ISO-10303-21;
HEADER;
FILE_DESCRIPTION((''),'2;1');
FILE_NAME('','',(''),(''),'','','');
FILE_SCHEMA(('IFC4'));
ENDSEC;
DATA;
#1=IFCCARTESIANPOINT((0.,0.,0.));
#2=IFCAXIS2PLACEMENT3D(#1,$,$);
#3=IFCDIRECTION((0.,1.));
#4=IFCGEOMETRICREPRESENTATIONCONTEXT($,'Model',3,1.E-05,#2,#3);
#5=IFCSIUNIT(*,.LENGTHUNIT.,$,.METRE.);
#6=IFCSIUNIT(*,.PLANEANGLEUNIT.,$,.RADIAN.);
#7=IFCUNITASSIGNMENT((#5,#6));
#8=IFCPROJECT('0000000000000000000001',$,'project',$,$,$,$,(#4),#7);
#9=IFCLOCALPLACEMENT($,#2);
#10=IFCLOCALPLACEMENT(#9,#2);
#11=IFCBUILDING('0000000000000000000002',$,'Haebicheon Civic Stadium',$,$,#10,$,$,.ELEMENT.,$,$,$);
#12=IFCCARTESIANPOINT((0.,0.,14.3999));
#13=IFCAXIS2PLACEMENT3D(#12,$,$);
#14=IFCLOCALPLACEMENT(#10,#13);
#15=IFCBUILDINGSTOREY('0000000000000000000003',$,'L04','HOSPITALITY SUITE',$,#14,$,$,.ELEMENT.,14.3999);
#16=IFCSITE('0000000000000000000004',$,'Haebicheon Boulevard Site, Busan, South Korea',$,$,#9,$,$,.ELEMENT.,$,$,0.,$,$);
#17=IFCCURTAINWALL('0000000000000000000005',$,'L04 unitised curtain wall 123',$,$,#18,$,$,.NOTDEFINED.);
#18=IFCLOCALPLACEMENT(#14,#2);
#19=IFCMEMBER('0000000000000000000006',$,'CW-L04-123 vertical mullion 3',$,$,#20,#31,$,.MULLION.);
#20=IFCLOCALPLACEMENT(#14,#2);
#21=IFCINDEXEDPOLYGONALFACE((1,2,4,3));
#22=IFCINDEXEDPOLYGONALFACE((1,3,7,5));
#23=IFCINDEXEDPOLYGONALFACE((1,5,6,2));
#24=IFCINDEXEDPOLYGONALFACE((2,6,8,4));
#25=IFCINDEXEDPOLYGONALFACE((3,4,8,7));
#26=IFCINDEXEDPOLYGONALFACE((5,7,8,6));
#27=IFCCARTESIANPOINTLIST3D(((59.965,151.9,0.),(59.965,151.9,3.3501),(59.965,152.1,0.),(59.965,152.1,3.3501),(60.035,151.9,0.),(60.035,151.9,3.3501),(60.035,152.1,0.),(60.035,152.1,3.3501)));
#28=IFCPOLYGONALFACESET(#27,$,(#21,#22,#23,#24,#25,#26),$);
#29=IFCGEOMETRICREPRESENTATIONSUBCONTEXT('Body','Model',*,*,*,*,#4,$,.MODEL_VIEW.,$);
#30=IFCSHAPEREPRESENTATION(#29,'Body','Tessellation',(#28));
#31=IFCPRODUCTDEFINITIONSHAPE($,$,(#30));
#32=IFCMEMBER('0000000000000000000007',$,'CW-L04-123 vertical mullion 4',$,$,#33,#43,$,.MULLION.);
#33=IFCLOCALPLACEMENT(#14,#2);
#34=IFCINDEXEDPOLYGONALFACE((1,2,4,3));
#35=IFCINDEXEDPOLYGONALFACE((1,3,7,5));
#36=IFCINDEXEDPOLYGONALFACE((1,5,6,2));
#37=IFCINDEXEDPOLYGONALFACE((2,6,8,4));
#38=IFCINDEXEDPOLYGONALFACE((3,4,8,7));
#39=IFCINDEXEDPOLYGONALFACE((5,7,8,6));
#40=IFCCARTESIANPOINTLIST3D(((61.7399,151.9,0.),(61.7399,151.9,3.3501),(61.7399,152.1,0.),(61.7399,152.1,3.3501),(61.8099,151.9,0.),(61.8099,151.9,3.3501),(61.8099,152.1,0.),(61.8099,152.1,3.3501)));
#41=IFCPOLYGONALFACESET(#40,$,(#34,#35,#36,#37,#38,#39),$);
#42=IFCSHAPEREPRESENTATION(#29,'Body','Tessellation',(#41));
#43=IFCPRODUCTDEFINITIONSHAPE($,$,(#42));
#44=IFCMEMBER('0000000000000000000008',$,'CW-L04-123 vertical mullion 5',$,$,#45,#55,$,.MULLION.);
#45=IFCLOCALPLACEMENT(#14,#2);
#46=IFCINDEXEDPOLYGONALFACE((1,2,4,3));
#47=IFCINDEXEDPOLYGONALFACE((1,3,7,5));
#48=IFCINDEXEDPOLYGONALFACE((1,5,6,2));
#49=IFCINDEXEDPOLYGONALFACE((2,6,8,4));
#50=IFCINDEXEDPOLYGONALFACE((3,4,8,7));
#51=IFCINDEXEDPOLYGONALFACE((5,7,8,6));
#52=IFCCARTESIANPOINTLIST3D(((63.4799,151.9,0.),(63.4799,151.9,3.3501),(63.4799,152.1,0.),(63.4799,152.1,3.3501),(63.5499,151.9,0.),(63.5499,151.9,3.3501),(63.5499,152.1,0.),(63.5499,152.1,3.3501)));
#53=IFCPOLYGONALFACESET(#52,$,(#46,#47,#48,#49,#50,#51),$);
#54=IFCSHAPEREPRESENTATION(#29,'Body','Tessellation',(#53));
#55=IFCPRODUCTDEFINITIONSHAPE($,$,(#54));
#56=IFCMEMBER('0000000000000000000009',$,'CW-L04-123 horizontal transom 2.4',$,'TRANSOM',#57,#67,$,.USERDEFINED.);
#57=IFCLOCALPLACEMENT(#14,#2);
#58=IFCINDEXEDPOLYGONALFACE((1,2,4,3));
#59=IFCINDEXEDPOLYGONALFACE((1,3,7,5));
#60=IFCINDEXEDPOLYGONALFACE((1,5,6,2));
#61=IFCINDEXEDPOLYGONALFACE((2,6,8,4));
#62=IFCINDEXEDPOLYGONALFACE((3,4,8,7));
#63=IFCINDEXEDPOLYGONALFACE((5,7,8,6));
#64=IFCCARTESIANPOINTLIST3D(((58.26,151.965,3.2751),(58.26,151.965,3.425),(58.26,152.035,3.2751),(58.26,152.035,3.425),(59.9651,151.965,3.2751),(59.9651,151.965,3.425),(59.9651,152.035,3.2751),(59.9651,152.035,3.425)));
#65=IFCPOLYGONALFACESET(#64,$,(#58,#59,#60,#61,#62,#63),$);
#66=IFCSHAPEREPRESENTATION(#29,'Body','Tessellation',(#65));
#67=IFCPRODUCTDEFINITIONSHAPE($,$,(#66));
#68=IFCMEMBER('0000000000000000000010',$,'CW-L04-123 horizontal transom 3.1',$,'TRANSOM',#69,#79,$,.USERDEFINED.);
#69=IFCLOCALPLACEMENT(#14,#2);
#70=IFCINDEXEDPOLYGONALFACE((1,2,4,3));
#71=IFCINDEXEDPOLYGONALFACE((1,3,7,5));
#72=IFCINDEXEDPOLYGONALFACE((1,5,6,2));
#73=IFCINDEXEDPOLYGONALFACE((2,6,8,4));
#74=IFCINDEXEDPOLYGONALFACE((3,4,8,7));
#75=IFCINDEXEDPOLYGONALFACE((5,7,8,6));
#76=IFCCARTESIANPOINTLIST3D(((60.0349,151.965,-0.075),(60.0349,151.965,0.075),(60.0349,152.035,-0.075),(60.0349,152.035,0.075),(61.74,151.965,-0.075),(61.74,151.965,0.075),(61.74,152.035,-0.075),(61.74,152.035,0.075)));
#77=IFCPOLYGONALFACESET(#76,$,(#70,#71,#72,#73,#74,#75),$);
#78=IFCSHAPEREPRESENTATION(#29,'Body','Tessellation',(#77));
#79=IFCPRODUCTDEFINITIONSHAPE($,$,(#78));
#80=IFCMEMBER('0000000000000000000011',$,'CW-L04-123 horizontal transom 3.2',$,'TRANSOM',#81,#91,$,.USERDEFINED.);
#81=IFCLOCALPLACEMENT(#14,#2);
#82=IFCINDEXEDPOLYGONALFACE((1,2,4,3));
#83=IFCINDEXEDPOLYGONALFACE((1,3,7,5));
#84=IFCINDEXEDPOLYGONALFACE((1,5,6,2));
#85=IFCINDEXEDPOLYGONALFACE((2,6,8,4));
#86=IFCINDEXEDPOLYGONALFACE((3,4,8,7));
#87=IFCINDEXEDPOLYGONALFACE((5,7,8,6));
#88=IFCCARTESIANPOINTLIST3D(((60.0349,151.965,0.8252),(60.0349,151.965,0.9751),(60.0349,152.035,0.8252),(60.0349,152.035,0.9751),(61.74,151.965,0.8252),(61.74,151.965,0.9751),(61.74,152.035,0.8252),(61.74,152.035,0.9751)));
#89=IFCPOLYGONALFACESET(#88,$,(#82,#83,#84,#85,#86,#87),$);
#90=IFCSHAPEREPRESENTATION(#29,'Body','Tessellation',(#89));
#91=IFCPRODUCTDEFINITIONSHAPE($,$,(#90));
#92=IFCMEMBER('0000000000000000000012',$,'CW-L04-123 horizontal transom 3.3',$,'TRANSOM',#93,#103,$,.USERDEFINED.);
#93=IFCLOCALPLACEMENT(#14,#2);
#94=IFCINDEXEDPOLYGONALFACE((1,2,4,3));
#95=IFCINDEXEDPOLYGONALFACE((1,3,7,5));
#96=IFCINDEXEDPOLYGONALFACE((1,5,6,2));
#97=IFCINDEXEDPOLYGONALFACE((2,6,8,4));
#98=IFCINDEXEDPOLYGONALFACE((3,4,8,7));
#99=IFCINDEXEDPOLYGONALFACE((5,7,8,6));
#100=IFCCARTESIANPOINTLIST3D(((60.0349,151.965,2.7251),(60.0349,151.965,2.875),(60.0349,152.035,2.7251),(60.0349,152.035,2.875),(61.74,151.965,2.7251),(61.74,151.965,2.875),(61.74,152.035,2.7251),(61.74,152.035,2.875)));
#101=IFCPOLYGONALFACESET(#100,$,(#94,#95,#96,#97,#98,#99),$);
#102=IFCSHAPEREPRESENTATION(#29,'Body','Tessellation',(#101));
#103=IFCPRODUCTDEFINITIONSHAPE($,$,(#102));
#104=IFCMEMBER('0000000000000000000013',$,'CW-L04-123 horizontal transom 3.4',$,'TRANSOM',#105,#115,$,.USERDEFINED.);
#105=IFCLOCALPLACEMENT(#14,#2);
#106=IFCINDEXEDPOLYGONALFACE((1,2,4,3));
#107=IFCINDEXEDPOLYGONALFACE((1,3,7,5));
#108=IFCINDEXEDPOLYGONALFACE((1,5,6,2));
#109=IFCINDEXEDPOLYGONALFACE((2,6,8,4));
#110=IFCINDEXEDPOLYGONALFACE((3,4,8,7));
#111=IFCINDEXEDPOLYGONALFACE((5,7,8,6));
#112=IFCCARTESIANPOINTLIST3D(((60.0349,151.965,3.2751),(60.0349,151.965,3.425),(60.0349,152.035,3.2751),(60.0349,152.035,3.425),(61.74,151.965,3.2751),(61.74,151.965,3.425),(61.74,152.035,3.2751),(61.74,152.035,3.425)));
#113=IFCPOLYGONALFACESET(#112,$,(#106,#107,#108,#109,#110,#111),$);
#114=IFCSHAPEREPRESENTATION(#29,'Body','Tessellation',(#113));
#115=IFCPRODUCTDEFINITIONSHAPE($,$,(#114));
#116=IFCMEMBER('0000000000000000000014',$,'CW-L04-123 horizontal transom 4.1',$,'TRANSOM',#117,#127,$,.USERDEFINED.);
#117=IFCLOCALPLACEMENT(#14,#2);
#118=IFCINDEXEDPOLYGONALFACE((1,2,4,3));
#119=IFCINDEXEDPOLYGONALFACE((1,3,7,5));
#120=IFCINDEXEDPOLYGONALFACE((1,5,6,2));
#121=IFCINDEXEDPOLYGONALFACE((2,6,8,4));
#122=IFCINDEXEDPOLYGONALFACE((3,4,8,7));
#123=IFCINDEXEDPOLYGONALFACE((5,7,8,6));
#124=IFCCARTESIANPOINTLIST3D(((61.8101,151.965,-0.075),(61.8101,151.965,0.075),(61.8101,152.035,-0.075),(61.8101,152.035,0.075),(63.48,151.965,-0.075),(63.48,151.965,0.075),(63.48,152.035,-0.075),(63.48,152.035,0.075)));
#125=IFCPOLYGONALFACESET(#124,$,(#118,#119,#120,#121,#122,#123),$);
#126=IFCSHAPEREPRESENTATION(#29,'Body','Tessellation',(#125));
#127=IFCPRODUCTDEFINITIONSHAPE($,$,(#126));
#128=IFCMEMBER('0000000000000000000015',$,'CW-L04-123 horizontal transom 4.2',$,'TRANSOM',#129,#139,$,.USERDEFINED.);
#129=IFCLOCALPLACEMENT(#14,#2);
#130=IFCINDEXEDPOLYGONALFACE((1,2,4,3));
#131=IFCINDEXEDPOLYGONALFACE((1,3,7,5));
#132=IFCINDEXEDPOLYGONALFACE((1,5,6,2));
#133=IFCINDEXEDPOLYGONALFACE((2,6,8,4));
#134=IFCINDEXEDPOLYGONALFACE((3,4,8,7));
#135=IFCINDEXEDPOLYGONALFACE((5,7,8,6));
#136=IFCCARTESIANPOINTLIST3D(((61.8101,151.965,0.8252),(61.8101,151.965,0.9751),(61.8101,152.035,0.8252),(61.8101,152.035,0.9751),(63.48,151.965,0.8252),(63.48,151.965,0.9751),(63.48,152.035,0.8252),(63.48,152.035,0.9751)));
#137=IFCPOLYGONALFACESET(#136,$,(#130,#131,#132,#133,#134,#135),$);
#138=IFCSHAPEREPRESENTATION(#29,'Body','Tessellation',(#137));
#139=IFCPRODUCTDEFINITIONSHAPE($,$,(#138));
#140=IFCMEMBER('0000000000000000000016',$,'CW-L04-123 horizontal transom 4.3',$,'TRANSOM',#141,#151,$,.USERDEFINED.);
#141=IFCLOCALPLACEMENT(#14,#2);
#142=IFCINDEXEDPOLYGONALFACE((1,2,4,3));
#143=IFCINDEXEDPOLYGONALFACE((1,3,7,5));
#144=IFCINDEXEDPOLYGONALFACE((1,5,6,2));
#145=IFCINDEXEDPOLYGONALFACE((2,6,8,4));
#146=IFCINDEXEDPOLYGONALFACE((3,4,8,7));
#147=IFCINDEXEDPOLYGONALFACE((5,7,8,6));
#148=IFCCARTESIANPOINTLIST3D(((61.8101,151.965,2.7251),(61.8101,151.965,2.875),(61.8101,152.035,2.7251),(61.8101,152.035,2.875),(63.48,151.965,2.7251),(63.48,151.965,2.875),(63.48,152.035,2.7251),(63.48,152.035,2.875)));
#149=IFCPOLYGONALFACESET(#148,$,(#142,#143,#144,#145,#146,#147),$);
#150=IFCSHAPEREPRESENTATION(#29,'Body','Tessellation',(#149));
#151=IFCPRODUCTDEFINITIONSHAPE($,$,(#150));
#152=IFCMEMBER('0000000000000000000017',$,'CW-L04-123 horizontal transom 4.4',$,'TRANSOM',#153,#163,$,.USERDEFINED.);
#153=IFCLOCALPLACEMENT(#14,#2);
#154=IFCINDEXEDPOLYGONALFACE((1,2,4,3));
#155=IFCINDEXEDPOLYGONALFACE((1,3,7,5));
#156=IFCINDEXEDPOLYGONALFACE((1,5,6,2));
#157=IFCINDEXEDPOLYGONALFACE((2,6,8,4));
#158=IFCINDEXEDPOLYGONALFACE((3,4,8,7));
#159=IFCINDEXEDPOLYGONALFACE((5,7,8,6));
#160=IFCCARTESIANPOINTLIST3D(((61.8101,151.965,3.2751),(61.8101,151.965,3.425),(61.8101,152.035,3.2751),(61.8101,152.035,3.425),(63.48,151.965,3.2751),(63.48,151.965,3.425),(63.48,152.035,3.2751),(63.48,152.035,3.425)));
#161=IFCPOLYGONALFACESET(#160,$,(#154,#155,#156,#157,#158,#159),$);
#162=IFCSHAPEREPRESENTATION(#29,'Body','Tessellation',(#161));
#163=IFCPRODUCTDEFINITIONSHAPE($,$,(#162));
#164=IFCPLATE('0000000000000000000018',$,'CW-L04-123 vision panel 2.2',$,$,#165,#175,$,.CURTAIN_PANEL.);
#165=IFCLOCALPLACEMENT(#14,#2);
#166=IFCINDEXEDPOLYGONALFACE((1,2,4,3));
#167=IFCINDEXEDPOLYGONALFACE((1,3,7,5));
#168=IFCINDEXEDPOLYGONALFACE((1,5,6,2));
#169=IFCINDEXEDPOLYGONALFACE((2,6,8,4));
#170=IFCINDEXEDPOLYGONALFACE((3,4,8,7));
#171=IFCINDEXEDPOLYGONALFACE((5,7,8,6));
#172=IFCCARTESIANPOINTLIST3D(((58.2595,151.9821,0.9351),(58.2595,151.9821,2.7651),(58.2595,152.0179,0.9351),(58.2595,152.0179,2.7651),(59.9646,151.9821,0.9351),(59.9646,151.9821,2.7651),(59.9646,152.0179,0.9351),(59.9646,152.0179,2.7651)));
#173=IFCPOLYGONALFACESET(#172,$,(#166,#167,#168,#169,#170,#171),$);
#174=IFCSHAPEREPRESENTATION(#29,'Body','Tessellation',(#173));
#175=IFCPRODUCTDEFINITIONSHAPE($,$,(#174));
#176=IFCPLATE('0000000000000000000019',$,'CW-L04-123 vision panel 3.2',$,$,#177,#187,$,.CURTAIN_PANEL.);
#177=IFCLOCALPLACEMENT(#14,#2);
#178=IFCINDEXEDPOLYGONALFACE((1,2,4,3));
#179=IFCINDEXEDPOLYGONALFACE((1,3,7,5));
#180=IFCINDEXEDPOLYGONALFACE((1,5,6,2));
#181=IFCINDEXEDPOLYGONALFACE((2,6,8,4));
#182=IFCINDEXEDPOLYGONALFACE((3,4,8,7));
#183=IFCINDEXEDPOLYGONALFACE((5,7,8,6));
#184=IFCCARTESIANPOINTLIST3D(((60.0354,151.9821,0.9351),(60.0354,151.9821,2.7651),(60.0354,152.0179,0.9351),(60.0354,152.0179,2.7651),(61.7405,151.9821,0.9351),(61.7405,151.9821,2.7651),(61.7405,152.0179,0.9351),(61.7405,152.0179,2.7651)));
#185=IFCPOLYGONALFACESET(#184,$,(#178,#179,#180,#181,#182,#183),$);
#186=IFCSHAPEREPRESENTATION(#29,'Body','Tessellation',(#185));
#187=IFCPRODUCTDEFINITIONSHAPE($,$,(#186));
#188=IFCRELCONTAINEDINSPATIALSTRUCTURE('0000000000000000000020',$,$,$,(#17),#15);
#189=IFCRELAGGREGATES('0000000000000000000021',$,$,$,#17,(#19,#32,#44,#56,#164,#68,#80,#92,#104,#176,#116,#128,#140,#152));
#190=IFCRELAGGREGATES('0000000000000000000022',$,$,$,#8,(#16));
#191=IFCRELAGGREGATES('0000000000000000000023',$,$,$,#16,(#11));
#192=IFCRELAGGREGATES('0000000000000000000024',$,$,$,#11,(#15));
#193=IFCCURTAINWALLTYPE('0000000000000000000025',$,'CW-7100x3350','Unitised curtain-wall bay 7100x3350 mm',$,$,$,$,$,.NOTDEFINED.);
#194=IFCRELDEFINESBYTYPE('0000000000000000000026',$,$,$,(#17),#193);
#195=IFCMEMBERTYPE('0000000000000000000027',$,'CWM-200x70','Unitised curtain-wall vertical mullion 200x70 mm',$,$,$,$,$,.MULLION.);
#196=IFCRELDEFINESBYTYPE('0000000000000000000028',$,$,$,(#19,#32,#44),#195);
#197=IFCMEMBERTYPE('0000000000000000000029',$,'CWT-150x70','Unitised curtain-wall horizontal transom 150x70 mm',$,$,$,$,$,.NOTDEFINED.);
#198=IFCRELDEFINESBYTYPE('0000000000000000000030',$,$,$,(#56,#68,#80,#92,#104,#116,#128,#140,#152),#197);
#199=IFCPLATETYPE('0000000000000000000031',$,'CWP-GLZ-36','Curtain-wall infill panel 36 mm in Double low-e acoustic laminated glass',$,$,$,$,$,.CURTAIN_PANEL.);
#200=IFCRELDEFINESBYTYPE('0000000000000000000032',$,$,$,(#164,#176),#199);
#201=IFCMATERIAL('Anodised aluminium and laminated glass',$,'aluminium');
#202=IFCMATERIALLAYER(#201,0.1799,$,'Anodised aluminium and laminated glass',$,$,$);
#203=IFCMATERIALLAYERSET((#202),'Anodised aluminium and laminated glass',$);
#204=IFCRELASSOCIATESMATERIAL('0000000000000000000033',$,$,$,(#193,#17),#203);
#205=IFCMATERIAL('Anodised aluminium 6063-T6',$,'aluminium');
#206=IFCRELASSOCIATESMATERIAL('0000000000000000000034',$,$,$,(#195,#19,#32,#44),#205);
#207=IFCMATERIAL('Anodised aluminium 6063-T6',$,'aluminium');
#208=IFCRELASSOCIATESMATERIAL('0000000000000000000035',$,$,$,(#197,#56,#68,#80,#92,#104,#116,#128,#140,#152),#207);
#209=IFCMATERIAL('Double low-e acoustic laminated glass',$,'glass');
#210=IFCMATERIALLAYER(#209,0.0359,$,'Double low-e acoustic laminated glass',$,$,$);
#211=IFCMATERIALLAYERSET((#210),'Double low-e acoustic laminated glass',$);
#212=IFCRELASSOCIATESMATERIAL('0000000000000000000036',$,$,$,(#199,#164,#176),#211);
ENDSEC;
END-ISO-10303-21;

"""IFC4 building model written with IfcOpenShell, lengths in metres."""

from ifc_helpers import new_model, si_unit, direction, frame, origin, origin_2d, place, context, subcontext, project, spatial, rectangle, extrude, material, layer, layer_set, material_profile, profile_set, type_object, element, aggregate, save


model = new_model("IFC4")

# Units and contexts
model_context = context("Model", 3, precision=1e-05, world=origin(), true_north=direction((0.0, 1.0)))
body_context = subcontext(model_context, "Body", "Model", "MODEL_VIEW")
ifc_project = project(units=[si_unit("LENGTHUNIT", "METRE"), si_unit("PLANEANGLEUNIT", "RADIAN")], contexts=[model_context])

# Site, building, storey
site_placement = place(None, origin())
site = spatial("IfcSite", under=ifc_project, at=site_placement, Name="Haebicheon Boulevard Site, Busan, South Korea", CompositionType="ELEMENT", RefElevation=0.0)
building_placement = place(site_placement, origin())
building = spatial("IfcBuilding", under=site, at=building_placement, Name="Haebicheon Civic Stadium", CompositionType="ELEMENT")
storey_placement = place(building_placement, frame((0.0, 0.0, 14.3999)))
storey = spatial("IfcBuildingStorey", under=building, at=storey_placement, Name="L04", Description="HOSPITALITY SUITE", CompositionType="ELEMENT", Elevation=14.3999)

# Curtain wall, members, plates
ifc_material_1 = material(Name="Anodised aluminium and laminated glass", Category="aluminium")
ifc_layer_1 = layer(ifc_material_1, 0.1799, Name="Anodised aluminium and laminated glass")
ifc_layer_set_1 = layer_set([ifc_layer_1], Name="Anodised aluminium and laminated glass")
curtain_wall_type = type_object("IfcCurtainWallType", Name="CW-7100x3350", Description="Unitised curtain-wall bay 7100x3350 mm", PredefinedType="NOTDEFINED", material=ifc_layer_set_1)
curtain_wall_placement = place(storey_placement, origin())
curtain_wall = element("IfcCurtainWall", 1, at=curtain_wall_placement, inside=storey, type_object=curtain_wall_type, material=ifc_layer_set_1, Name="L04 unitised curtain wall 123", PredefinedType="NOTDEFINED")
ifc_material_2 = material(Name="Anodised aluminium 6063-T6", Category="aluminium")
ifc_material_profile_1 = material_profile(ifc_material_2, rectangle(XDim=0.0701, YDim=0.2, at=origin_2d()), Name="ALU-MULL-70x200")
ifc_profile_set_1 = profile_set([ifc_material_profile_1], Name="Anodised aluminium 6063-T6")
member_type_1 = type_object("IfcMemberType", Name="CWM-200x70", Description="Unitised curtain-wall vertical mullion 200x70 mm", PredefinedType="MULLION", material=ifc_profile_set_1)
member_1_placement = place(storey_placement, frame((60.0, 152.0, 0.0), z_axis=(0.0, 0.0, 1.0), x_axis=(1.0, 0.0, 0.0)))
member_1 = element("IfcMember", 2, at=member_1_placement, type_object=member_type_1, material=ifc_profile_set_1, Name="CW-L04-123 vertical mullion 3", PredefinedType="MULLION", context=body_context, shape_type="SweptSolid", body=[
    extrude(rectangle(XDim=0.0701, YDim=0.2, at=origin_2d()), origin(), (0.0, 0.0, 1.0), 3.3501),
])
member_2_placement = place(storey_placement, frame((61.7749, 152.0, 0.0), z_axis=(0.0, 0.0, 1.0), x_axis=(1.0, 0.0, 0.0)))
member_2 = element("IfcMember", 3, at=member_2_placement, type_object=member_type_1, material=ifc_profile_set_1, Name="CW-L04-123 vertical mullion 4", PredefinedType="MULLION", context=body_context, shape_type="SweptSolid", body=[
    extrude(rectangle(XDim=0.0701, YDim=0.2, at=origin_2d()), origin(), (0.0, 0.0, 1.0), 3.3501),
])
member_3_placement = place(storey_placement, frame((63.5149, 152.0, 0.0), z_axis=(0.0, 0.0, 1.0), x_axis=(1.0, 0.0, 0.0)))
member_3 = element("IfcMember", 4, at=member_3_placement, type_object=member_type_1, material=ifc_profile_set_1, Name="CW-L04-123 vertical mullion 5", PredefinedType="MULLION", context=body_context, shape_type="SweptSolid", body=[
    extrude(rectangle(XDim=0.0701, YDim=0.2, at=origin_2d()), origin(), (0.0, 0.0, 1.0), 3.3501),
])
ifc_material_3 = material(Name="Anodised aluminium 6063-T6", Category="aluminium")
ifc_material_profile_2 = material_profile(ifc_material_3, rectangle(XDim=0.0701, YDim=0.1499, at=origin_2d()), Name="ALU-TRAN-70x150")
ifc_profile_set_2 = profile_set([ifc_material_profile_2], Name="Anodised aluminium 6063-T6")
member_type_2 = type_object("IfcMemberType", Name="CWT-150x70", Description="Unitised curtain-wall horizontal transom 150x70 mm", PredefinedType="NOTDEFINED", material=ifc_profile_set_2)
member_4_placement = place(storey_placement, frame((58.26, 152.0, 3.3501), z_axis=(1.0, 0.0, 0.0), x_axis=(0.0, 1.0, 0.0)))
member_4 = element("IfcMember", 5, at=member_4_placement, type_object=member_type_2, material=ifc_profile_set_2, Name="CW-L04-123 horizontal transom 2.4", ObjectType="TRANSOM", PredefinedType="USERDEFINED", context=body_context, shape_type="SweptSolid", body=[
    extrude(rectangle(XDim=0.0701, YDim=0.1499, at=origin_2d()), origin(), (0.0, 0.0, 1.0), 1.7051),
])
member_5_placement = place(storey_placement, frame((60.0349, 152.0, 0.0), z_axis=(1.0, 0.0, 0.0), x_axis=(0.0, 1.0, 0.0)))
member_5 = element("IfcMember", 6, at=member_5_placement, type_object=member_type_2, material=ifc_profile_set_2, Name="CW-L04-123 horizontal transom 3.1", ObjectType="TRANSOM", PredefinedType="USERDEFINED", context=body_context, shape_type="SweptSolid", body=[
    extrude(rectangle(XDim=0.0701, YDim=0.1499, at=origin_2d()), origin(), (0.0, 0.0, 1.0), 1.7051),
])
member_6_placement = place(storey_placement, frame((60.0349, 152.0, 0.9001), z_axis=(1.0, 0.0, 0.0), x_axis=(0.0, 1.0, 0.0)))
member_6 = element("IfcMember", 7, at=member_6_placement, type_object=member_type_2, material=ifc_profile_set_2, Name="CW-L04-123 horizontal transom 3.2", ObjectType="TRANSOM", PredefinedType="USERDEFINED", context=body_context, shape_type="SweptSolid", body=[
    extrude(rectangle(XDim=0.0701, YDim=0.1499, at=origin_2d()), origin(), (0.0, 0.0, 1.0), 1.7051),
])
member_7_placement = place(storey_placement, frame((60.0349, 152.0, 2.8), z_axis=(1.0, 0.0, 0.0), x_axis=(0.0, 1.0, 0.0)))
member_7 = element("IfcMember", 8, at=member_7_placement, type_object=member_type_2, material=ifc_profile_set_2, Name="CW-L04-123 horizontal transom 3.3", ObjectType="TRANSOM", PredefinedType="USERDEFINED", context=body_context, shape_type="SweptSolid", body=[
    extrude(rectangle(XDim=0.0701, YDim=0.1499, at=origin_2d()), origin(), (0.0, 0.0, 1.0), 1.7051),
])
member_8_placement = place(storey_placement, frame((60.0349, 152.0, 3.3501), z_axis=(1.0, 0.0, 0.0), x_axis=(0.0, 1.0, 0.0)))
member_8 = element("IfcMember", 9, at=member_8_placement, type_object=member_type_2, material=ifc_profile_set_2, Name="CW-L04-123 horizontal transom 3.4", ObjectType="TRANSOM", PredefinedType="USERDEFINED", context=body_context, shape_type="SweptSolid", body=[
    extrude(rectangle(XDim=0.0701, YDim=0.1499, at=origin_2d()), origin(), (0.0, 0.0, 1.0), 1.7051),
])
member_9_placement = place(storey_placement, frame((61.8101, 152.0, 0.0), z_axis=(1.0, 0.0, 0.0), x_axis=(0.0, 1.0, 0.0)))
member_9 = element("IfcMember", 10, at=member_9_placement, type_object=member_type_2, material=ifc_profile_set_2, Name="CW-L04-123 horizontal transom 4.1", ObjectType="TRANSOM", PredefinedType="USERDEFINED", context=body_context, shape_type="SweptSolid", body=[
    extrude(rectangle(XDim=0.0701, YDim=0.1499, at=origin_2d()), origin(), (0.0, 0.0, 1.0), 1.6699),
])
member_10_placement = place(storey_placement, frame((61.8101, 152.0, 0.9001), z_axis=(1.0, 0.0, 0.0), x_axis=(0.0, 1.0, 0.0)))
member_10 = element("IfcMember", 11, at=member_10_placement, type_object=member_type_2, material=ifc_profile_set_2, Name="CW-L04-123 horizontal transom 4.2", ObjectType="TRANSOM", PredefinedType="USERDEFINED", context=body_context, shape_type="SweptSolid", body=[
    extrude(rectangle(XDim=0.0701, YDim=0.1499, at=origin_2d()), origin(), (0.0, 0.0, 1.0), 1.6699),
])
member_11_placement = place(storey_placement, frame((61.8101, 152.0, 2.8), z_axis=(1.0, 0.0, 0.0), x_axis=(0.0, 1.0, 0.0)))
member_11 = element("IfcMember", 12, at=member_11_placement, type_object=member_type_2, material=ifc_profile_set_2, Name="CW-L04-123 horizontal transom 4.3", ObjectType="TRANSOM", PredefinedType="USERDEFINED", context=body_context, shape_type="SweptSolid", body=[
    extrude(rectangle(XDim=0.0701, YDim=0.1499, at=origin_2d()), origin(), (0.0, 0.0, 1.0), 1.6699),
])
member_12_placement = place(storey_placement, frame((61.8101, 152.0, 3.3501), z_axis=(1.0, 0.0, 0.0), x_axis=(0.0, 1.0, 0.0)))
member_12 = element("IfcMember", 13, at=member_12_placement, type_object=member_type_2, material=ifc_profile_set_2, Name="CW-L04-123 horizontal transom 4.4", ObjectType="TRANSOM", PredefinedType="USERDEFINED", context=body_context, shape_type="SweptSolid", body=[
    extrude(rectangle(XDim=0.0701, YDim=0.1499, at=origin_2d()), origin(), (0.0, 0.0, 1.0), 1.6699),
])
ifc_material_4 = material(Name="Double low-e acoustic laminated glass", Category="glass")
ifc_layer_2 = layer(ifc_material_4, 0.0359, Name="Double low-e acoustic laminated glass")
ifc_layer_set_2 = layer_set([ifc_layer_2], Name="Double low-e acoustic laminated glass")
plate_type_1 = type_object("IfcPlateType", Name="CWP-GLZ-36", Description="Curtain-wall infill panel 36 mm in Double low-e acoustic laminated glass", PredefinedType="CURTAIN_PANEL", material=ifc_layer_set_2)
plate_1_placement = place(storey_placement, frame((59.1121, 152.0, 0.9351), z_axis=(0.0, 0.0, 1.0), x_axis=(1.0, 0.0, 0.0)))
plate_1 = element("IfcPlate", 14, at=plate_1_placement, type_object=plate_type_1, material=ifc_layer_set_2, Name="CW-L04-123 vision panel 2.2", PredefinedType="CURTAIN_PANEL", context=body_context, shape_type="SweptSolid", body=[
    extrude(rectangle(XDim=1.7051, YDim=0.0359, at=origin_2d()), origin(), (0.0, 0.0, 1.0), 1.8301),
])
plate_2_placement = place(storey_placement, frame((60.8879, 152.0, 0.9351), z_axis=(0.0, 0.0, 1.0), x_axis=(1.0, 0.0, 0.0)))
plate_2 = element("IfcPlate", 15, at=plate_2_placement, type_object=plate_type_1, material=ifc_layer_set_2, Name="CW-L04-123 vision panel 3.2", PredefinedType="CURTAIN_PANEL", context=body_context, shape_type="SweptSolid", body=[
    extrude(rectangle(XDim=1.7051, YDim=0.0359, at=origin_2d()), origin(), (0.0, 0.0, 1.0), 1.8301),
])
aggregate(curtain_wall, [member_1, member_2, member_3, member_4, plate_1, member_5, member_6, member_7, member_8, plate_2, member_9, member_10, member_11, member_12])

save(model, "model.ifc")
